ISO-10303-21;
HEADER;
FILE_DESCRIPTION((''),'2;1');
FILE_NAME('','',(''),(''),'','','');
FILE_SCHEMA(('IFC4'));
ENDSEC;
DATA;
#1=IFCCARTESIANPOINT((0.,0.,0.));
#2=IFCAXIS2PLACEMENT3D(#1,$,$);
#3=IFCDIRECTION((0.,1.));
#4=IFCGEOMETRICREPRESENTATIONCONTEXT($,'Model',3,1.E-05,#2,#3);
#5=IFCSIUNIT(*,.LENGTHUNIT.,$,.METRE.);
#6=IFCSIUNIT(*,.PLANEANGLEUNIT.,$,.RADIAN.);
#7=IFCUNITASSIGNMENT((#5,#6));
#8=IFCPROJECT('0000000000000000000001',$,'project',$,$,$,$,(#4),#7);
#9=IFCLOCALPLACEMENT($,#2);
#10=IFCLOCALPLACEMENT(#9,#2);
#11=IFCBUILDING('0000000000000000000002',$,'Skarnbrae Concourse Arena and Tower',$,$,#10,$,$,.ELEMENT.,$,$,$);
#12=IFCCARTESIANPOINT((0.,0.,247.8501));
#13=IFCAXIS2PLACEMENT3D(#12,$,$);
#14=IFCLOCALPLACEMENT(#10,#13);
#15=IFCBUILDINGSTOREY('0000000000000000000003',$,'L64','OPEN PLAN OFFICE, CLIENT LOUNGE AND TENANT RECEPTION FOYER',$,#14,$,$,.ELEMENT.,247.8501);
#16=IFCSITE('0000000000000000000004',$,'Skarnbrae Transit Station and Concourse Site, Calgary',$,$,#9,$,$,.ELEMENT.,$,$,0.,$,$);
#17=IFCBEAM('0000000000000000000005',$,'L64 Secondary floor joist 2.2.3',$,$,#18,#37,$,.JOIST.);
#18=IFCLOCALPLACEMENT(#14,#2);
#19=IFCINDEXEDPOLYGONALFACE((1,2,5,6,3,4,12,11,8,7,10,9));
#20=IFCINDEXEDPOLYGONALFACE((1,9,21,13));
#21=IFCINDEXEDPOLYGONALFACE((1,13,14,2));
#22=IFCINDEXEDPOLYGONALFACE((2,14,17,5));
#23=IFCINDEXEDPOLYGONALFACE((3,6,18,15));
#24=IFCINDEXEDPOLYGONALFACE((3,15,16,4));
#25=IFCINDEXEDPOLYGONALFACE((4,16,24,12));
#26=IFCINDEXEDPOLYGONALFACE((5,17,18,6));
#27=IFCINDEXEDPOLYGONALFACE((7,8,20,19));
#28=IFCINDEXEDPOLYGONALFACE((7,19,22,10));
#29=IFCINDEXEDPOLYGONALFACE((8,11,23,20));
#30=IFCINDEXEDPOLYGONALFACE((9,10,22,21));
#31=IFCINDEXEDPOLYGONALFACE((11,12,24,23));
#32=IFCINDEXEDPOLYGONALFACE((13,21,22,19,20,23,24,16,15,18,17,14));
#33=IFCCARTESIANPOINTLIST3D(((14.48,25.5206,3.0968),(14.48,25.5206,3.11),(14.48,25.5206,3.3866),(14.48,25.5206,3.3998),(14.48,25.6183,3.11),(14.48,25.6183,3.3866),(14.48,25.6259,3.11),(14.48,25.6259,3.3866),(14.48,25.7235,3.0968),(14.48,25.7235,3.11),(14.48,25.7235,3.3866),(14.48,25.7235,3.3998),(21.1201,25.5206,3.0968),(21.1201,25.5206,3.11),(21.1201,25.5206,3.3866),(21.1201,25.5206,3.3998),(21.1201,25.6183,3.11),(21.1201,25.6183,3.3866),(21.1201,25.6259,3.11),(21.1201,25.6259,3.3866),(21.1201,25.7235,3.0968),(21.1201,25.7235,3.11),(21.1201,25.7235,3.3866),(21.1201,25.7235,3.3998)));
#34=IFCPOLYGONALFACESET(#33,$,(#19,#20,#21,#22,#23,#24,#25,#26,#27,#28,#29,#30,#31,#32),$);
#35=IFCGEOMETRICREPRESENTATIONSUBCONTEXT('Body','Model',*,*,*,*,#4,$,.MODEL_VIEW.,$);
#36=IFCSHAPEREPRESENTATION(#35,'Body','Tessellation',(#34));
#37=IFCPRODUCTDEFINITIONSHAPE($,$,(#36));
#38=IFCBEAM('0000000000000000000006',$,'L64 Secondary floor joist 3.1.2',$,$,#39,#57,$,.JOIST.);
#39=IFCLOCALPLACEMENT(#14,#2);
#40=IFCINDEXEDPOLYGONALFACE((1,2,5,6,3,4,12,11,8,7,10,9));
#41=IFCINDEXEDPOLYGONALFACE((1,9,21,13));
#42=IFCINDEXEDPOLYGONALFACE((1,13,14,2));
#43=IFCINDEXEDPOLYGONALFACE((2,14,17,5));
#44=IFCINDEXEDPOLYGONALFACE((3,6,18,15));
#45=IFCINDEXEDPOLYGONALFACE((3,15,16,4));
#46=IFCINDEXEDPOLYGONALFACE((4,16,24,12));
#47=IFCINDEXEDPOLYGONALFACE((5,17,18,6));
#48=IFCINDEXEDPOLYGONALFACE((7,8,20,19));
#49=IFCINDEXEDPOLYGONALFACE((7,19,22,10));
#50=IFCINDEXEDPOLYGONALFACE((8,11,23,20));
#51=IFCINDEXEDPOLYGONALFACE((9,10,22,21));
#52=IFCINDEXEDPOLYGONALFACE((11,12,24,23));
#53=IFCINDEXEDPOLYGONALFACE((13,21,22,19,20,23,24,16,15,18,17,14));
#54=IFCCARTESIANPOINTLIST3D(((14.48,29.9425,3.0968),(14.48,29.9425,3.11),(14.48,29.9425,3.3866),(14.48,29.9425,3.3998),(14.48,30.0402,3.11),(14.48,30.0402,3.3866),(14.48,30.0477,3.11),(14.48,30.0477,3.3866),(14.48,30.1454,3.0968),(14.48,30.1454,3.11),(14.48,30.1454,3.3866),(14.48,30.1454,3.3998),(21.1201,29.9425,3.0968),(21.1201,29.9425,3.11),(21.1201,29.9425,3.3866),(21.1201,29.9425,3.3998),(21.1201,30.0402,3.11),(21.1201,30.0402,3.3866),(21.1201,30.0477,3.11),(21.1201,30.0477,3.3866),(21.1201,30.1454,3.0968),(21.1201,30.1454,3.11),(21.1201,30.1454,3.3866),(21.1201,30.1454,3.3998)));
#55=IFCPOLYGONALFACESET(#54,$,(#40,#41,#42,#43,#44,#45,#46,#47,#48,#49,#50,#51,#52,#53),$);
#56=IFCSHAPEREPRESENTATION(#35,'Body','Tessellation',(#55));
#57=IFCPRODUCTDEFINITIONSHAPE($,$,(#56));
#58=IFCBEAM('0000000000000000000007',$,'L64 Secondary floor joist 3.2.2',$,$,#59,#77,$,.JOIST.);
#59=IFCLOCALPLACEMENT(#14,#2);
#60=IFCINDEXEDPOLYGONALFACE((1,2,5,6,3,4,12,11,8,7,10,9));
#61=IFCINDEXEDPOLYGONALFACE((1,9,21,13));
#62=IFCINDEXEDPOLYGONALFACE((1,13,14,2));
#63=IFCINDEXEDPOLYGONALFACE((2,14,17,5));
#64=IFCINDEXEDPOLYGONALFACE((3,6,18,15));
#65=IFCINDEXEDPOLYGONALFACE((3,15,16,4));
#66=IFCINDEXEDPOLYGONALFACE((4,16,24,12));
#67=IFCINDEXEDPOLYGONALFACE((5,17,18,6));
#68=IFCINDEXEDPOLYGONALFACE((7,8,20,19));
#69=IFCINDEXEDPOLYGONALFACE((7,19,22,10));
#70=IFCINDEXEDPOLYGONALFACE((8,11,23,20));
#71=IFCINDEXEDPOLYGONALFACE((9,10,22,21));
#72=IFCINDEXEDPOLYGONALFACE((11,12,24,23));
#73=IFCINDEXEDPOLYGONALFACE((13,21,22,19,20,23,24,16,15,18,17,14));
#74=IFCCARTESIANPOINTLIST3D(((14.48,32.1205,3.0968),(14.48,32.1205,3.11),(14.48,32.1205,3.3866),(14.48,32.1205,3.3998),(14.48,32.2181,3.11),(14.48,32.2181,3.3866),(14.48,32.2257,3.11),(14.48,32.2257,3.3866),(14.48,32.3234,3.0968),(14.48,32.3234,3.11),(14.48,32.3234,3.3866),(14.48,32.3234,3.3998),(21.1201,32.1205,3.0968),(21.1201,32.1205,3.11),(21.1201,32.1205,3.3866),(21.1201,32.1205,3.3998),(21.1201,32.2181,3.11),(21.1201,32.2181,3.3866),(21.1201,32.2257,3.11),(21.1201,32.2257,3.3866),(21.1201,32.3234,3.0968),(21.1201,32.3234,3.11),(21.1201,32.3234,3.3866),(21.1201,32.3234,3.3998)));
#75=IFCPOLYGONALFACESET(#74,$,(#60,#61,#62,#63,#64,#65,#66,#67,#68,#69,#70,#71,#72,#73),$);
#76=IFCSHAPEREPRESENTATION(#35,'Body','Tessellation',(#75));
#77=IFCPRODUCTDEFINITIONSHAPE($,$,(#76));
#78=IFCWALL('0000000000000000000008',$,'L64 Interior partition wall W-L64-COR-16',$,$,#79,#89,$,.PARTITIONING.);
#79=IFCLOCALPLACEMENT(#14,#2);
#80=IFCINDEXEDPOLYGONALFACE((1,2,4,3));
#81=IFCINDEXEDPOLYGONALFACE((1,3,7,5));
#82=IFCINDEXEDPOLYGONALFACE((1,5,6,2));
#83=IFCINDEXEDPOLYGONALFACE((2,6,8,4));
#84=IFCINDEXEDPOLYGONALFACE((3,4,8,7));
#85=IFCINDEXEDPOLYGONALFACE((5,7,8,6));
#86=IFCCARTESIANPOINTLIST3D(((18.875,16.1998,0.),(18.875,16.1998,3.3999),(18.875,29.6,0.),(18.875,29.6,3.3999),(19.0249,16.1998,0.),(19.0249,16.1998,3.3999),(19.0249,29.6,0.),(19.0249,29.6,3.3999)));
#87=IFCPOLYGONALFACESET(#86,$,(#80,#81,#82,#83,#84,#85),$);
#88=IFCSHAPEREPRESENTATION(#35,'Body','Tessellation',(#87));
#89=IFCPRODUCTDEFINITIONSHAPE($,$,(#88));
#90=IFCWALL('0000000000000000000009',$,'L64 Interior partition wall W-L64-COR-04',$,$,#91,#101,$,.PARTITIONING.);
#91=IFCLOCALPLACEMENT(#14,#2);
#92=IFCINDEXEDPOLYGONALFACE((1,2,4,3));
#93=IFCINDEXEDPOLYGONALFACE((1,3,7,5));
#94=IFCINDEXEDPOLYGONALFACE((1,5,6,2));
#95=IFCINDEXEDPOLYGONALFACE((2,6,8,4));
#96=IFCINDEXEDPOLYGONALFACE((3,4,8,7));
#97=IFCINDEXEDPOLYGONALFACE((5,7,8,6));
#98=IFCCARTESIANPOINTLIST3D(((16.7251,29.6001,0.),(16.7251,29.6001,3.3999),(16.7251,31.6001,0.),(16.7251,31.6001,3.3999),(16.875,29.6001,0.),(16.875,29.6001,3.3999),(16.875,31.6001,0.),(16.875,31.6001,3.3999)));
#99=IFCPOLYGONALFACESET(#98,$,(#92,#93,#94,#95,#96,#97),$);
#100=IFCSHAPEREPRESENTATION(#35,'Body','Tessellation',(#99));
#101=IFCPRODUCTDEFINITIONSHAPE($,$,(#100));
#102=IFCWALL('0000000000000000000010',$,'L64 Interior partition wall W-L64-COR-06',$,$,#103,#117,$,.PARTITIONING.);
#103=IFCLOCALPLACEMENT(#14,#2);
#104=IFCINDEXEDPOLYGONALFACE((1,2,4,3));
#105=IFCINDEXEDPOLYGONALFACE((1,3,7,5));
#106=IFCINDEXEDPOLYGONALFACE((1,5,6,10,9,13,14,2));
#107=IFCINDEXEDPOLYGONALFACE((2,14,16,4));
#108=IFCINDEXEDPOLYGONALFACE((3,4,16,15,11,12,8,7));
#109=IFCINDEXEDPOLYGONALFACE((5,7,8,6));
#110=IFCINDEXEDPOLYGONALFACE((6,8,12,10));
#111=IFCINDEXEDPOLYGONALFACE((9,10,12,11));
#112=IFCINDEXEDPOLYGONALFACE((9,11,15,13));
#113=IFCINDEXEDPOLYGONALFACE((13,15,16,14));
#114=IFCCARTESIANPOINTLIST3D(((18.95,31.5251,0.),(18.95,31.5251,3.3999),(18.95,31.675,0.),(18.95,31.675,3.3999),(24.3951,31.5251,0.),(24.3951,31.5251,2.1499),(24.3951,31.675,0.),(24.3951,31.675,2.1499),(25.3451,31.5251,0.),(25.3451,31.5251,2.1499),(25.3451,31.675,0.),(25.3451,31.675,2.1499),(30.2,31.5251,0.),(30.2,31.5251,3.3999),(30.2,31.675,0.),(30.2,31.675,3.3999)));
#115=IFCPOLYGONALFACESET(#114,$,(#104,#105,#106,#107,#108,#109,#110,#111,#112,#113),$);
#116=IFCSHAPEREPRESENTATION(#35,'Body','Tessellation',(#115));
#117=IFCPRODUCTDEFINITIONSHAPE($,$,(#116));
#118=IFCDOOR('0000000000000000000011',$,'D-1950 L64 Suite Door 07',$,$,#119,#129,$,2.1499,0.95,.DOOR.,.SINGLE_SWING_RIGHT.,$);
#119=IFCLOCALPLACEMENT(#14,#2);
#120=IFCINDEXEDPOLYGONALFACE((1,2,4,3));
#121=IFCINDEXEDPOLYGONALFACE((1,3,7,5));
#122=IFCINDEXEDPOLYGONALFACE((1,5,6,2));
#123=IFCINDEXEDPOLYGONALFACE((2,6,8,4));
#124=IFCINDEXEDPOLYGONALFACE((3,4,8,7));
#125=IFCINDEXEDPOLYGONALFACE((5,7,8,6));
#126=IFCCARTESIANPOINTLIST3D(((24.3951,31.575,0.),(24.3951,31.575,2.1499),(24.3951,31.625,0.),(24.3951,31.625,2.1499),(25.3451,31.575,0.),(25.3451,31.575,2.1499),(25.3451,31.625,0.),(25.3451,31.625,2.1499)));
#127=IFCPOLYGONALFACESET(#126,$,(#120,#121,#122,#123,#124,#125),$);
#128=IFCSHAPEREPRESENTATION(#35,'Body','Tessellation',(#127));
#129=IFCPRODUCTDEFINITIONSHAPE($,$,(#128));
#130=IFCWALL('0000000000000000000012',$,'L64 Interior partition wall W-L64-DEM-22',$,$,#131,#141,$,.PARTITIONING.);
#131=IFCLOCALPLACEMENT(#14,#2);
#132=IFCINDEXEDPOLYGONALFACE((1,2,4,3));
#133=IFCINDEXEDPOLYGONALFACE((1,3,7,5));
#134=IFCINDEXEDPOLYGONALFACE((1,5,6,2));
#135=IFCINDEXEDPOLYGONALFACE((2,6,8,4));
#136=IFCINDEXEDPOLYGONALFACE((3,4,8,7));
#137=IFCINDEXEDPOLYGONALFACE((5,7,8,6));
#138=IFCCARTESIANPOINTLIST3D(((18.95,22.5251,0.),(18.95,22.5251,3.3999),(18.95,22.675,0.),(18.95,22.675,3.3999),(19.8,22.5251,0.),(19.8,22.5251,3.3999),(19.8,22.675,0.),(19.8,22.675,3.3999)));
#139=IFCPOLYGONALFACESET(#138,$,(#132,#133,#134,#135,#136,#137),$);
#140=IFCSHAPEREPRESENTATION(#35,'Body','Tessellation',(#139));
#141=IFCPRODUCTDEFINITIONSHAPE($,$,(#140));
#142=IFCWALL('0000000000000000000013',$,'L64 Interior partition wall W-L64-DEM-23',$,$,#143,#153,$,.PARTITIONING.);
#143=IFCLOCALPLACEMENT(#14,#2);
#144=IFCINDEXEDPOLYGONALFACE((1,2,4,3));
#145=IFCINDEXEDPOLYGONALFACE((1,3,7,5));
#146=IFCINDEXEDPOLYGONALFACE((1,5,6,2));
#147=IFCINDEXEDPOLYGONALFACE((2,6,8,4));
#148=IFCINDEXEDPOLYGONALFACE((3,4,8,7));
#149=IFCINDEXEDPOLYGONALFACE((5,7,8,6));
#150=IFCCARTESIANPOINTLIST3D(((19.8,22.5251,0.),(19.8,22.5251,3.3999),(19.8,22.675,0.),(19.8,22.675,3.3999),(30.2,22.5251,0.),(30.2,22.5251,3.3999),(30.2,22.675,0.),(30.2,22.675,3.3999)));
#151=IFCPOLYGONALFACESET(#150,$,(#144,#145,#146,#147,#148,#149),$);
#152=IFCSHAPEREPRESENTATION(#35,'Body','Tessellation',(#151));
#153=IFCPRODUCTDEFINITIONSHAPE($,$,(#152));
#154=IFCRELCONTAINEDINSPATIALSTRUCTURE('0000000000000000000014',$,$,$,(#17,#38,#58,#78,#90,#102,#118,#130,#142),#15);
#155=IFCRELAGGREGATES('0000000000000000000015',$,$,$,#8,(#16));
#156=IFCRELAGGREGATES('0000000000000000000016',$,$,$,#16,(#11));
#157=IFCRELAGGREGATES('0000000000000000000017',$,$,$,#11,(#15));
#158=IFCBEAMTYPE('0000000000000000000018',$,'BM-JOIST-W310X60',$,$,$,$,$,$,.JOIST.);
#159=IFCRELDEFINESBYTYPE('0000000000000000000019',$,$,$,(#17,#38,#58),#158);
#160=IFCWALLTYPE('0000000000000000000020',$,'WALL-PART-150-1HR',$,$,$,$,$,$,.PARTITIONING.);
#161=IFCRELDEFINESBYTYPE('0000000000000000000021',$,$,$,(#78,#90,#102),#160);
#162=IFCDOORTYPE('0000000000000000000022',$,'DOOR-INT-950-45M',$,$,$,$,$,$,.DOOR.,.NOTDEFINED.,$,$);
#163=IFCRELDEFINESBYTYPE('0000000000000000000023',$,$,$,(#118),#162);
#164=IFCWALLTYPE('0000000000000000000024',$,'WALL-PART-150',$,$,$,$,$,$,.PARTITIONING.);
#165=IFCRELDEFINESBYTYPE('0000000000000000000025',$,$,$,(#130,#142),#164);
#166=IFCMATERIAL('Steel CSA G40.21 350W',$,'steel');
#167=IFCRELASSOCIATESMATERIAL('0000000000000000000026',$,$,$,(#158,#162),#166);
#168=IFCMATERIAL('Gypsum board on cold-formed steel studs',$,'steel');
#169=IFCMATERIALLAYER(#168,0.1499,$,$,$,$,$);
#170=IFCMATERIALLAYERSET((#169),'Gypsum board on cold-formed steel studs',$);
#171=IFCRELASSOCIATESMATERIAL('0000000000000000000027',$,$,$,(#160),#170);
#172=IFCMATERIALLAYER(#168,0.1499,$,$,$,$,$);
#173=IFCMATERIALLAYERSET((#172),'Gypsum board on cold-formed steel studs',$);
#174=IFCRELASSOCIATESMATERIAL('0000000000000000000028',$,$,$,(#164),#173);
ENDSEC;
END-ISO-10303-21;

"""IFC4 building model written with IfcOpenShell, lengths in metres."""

from ifc_helpers import new_model, si_unit, direction, frame, frame_2d, origin, origin_2d, place, context, subcontext, project, spatial, rectangle, i_section, extrude, source, transform, mapped, material, layer, layer_set, material_profile, profile_set, type_object, element, fill, save


model = new_model("IFC4")

# Units and contexts
model_context = context("Model", 3, precision=1e-05, world=origin(), true_north=direction((0.0, 1.0)))
body_context = subcontext(model_context, "Body", "Model", "MODEL_VIEW")
ifc_project = project(units=[si_unit("LENGTHUNIT", "METRE"), si_unit("PLANEANGLEUNIT", "RADIAN")], contexts=[model_context])

# Site, building, storey
site_placement = place(None, origin())
site = spatial("IfcSite", under=ifc_project, at=site_placement, Name="Skarnbrae Transit Station and Concourse Site, Calgary", CompositionType="ELEMENT", RefElevation=0.0)
building_placement = place(site_placement, origin())
building = spatial("IfcBuilding", under=site, at=building_placement, Name="Skarnbrae Concourse Arena and Tower", CompositionType="ELEMENT")
storey_placement = place(building_placement, frame((0.0, 0.0, 247.8501)))
storey = spatial("IfcBuildingStorey", under=building, at=storey_placement, Name="L64", Description="OPEN PLAN OFFICE, CLIENT LOUNGE AND TENANT RECEPTION FOYER", CompositionType="ELEMENT", Elevation=247.8501)

# Shared definitions
ifc_material_1 = material(Name="Steel CSA G40.21 350W", Category="steel")

# Beams
ifc_material_profile_1 = material_profile(ifc_material_1, i_section(OverallWidth=0.2029, OverallDepth=0.303, WebThickness=0.0076, FlangeThickness=0.0132, at=origin_2d()), Name="W310X60")
ifc_profile_set_1 = profile_set([ifc_material_profile_1], Name="Steel CSA G40.21 350W")
beam_type_1 = type_object("IfcBeamType", Name="BM-JOIST-W310X60", PredefinedType="JOIST", material=ifc_profile_set_1)
shared_shape_1 = source(origin(), body_context, "Body", "SweptSolid", [
    extrude(i_section(OverallWidth=0.2029, OverallDepth=0.303, WebThickness=0.0076, FlangeThickness=0.0132, at=origin_2d()), origin(), (0.0, 0.0, 1.0), 6.6401),
])
for number, where, z_axis, x_axis, name in (
    (1, (14.48, 25.6221, 3.2483), (1.0, 0.0, 0.0), (0.0, 1.0, 0.0), "L64 Secondary floor joist 2.2.3"),
    (2, (14.48, 30.0439, 3.2483), (1.0, 0.0, 0.0), (0.0, 1.0, 0.0), "L64 Secondary floor joist 3.1.2"),
    (3, (14.48, 32.2219, 3.2483), (1.0, 0.0, 0.0), (0.0, 1.0, 0.0), "L64 Secondary floor joist 3.2.2"),
):
    element("IfcBeam", number, at=place(storey_placement, frame(where, z_axis=z_axis, x_axis=x_axis)), inside=storey, type_object=beam_type_1, Name=name, PredefinedType="JOIST", context=body_context, shape_type="MappedRepresentation", body=[
        mapped(shared_shape_1, transform((0.0, 0.0, 0.0))),
    ])

# Walls
ifc_material_2 = material(Name="Gypsum board on cold-formed steel studs", Category="steel")
ifc_layer_1 = layer(ifc_material_2, 0.1499)
ifc_layer_set_1 = layer_set([ifc_layer_1], Name="Gypsum board on cold-formed steel studs")
wall_type_1 = type_object("IfcWallType", Name="WALL-PART-150-1HR", PredefinedType="PARTITIONING", material=ifc_layer_set_1)
shared_shape_2 = source(origin(), body_context, "Body", "SweptSolid", [
    extrude(rectangle(XDim=13.4001, YDim=0.1499, at=frame_2d((6.7002, 0.0))), origin(), (0.0, 0.0, 1.0), 3.3999),
])
wall_1_placement = place(storey_placement, frame((18.95, 29.6001, 0.0), z_axis=(0.0, 0.0, 1.0), x_axis=(0.0, -1.0, 0.0)))
element("IfcWall", 4, at=wall_1_placement, inside=storey, type_object=wall_type_1, Name="L64 Interior partition wall W-L64-COR-16", PredefinedType="PARTITIONING", context=body_context, shape_type="MappedRepresentation", body=[
    mapped(shared_shape_2, transform((0.0, 0.0, 0.0))),
])
shared_shape_3 = source(origin(), body_context, "Body", "SweptSolid", [
    extrude(rectangle(XDim=2.0, YDim=0.1499, at=frame_2d((1.0, 0.0))), origin(), (0.0, 0.0, 1.0), 3.3999),
])
wall_2_placement = place(storey_placement, frame((16.8, 29.6001, 0.0), z_axis=(0.0, 0.0, 1.0), x_axis=(0.0, 1.0, 0.0)))
element("IfcWall", 5, at=wall_2_placement, inside=storey, type_object=wall_type_1, Name="L64 Interior partition wall W-L64-COR-04", PredefinedType="PARTITIONING", context=body_context, shape_type="MappedRepresentation", body=[
    mapped(shared_shape_3, transform((0.0, 0.0, 0.0))),
])

# Wall, opening, door
door_type = type_object("IfcDoorType", Name="DOOR-INT-950-45M", OperationType="NOTDEFINED", PredefinedType="DOOR", material=ifc_material_1)
shared_shape_4 = source(origin(), body_context, "Body", "SweptSolid", [
    extrude(rectangle(XDim=0.95, YDim=2.1499, at=frame_2d((0.4751, 1.075))), frame((0.0, 0.0249, 0.0), z_axis=(0.0, -1.0, 0.0), x_axis=(1.0, 0.0, 0.0)), (0.0, 0.0, 1.0), 0.05),
])
shared_shape_5 = source(origin(), body_context, "Body", "SweptSolid", [
    extrude(rectangle(XDim=11.25, YDim=0.1499, at=frame_2d((5.625, 0.0))), origin(), (0.0, 0.0, 1.0), 3.3999),
])
wall_3_placement = place(storey_placement, frame((18.95, 31.6001, 0.0), z_axis=(0.0, 0.0, 1.0), x_axis=(1.0, 0.0, 0.0)))
wall_3 = element("IfcWall", 6, at=wall_3_placement, inside=storey, type_object=wall_type_1, Name="L64 Interior partition wall W-L64-COR-06", PredefinedType="PARTITIONING", context=body_context, shape_type="MappedRepresentation", body=[
    mapped(shared_shape_5, transform((0.0, 0.0, 0.0))),
])
opening_1_placement = place(wall_3_placement, frame((5.4451, 0.0, 0.0)))
opening_1 = element("IfcOpeningElement", 7, at=opening_1_placement, cuts=wall_3, PredefinedType="OPENING", context=body_context, shape_type="SweptSolid", body=[
    extrude(rectangle(XDim=0.95, YDim=2.1499, at=frame_2d((0.4751, 1.075))), frame((0.0, 0.085, 0.0), z_axis=(0.0, -1.0, 0.0), x_axis=(1.0, 0.0, 0.0)), (0.0, 0.0, 1.0), 0.1699),
])
door_1_placement = place(opening_1_placement, origin())
door_1 = element("IfcDoor", 8, at=door_1_placement, inside=storey, type_object=door_type, Name="D-1950 L64 Suite Door 07", OperationType="SINGLE_SWING_RIGHT", OverallHeight=2.1499, OverallWidth=0.95, PredefinedType="DOOR", context=body_context, shape_type="MappedRepresentation", body=[
    mapped(shared_shape_4, transform((0.0, 0.0, 0.0))),
])
fill(opening_1, door_1)

# Walls
ifc_layer_2 = layer(ifc_material_2, 0.1499)
ifc_layer_set_2 = layer_set([ifc_layer_2], Name="Gypsum board on cold-formed steel studs")
wall_type_2 = type_object("IfcWallType", Name="WALL-PART-150", PredefinedType="PARTITIONING", material=ifc_layer_set_2)
shared_shape_6 = source(origin(), body_context, "Body", "SweptSolid", [
    extrude(rectangle(XDim=0.8501, YDim=0.1499, at=frame_2d((0.425, 0.0))), origin(), (0.0, 0.0, 1.0), 3.3999),
])
wall_4_placement = place(storey_placement, frame((18.95, 22.6001, 0.0), z_axis=(0.0, 0.0, 1.0), x_axis=(1.0, 0.0, 0.0)))
element("IfcWall", 9, at=wall_4_placement, inside=storey, type_object=wall_type_2, Name="L64 Interior partition wall W-L64-DEM-22", PredefinedType="PARTITIONING", context=body_context, shape_type="MappedRepresentation", body=[
    mapped(shared_shape_6, transform((0.0, 0.0, 0.0))),
])
shared_shape_7 = source(origin(), body_context, "Body", "SweptSolid", [
    extrude(rectangle(XDim=10.3999, YDim=0.1499, at=frame_2d((5.2, 0.0))), origin(), (0.0, 0.0, 1.0), 3.3999),
])
wall_5_placement = place(storey_placement, frame((19.8, 22.6001, 0.0), z_axis=(0.0, 0.0, 1.0), x_axis=(1.0, 0.0, 0.0)))
element("IfcWall", 10, at=wall_5_placement, inside=storey, type_object=wall_type_2, Name="L64 Interior partition wall W-L64-DEM-23", PredefinedType="PARTITIONING", context=body_context, shape_type="MappedRepresentation", body=[
    mapped(shared_shape_7, transform((0.0, 0.0, 0.0))),
])

save(model, "model.ifc")
